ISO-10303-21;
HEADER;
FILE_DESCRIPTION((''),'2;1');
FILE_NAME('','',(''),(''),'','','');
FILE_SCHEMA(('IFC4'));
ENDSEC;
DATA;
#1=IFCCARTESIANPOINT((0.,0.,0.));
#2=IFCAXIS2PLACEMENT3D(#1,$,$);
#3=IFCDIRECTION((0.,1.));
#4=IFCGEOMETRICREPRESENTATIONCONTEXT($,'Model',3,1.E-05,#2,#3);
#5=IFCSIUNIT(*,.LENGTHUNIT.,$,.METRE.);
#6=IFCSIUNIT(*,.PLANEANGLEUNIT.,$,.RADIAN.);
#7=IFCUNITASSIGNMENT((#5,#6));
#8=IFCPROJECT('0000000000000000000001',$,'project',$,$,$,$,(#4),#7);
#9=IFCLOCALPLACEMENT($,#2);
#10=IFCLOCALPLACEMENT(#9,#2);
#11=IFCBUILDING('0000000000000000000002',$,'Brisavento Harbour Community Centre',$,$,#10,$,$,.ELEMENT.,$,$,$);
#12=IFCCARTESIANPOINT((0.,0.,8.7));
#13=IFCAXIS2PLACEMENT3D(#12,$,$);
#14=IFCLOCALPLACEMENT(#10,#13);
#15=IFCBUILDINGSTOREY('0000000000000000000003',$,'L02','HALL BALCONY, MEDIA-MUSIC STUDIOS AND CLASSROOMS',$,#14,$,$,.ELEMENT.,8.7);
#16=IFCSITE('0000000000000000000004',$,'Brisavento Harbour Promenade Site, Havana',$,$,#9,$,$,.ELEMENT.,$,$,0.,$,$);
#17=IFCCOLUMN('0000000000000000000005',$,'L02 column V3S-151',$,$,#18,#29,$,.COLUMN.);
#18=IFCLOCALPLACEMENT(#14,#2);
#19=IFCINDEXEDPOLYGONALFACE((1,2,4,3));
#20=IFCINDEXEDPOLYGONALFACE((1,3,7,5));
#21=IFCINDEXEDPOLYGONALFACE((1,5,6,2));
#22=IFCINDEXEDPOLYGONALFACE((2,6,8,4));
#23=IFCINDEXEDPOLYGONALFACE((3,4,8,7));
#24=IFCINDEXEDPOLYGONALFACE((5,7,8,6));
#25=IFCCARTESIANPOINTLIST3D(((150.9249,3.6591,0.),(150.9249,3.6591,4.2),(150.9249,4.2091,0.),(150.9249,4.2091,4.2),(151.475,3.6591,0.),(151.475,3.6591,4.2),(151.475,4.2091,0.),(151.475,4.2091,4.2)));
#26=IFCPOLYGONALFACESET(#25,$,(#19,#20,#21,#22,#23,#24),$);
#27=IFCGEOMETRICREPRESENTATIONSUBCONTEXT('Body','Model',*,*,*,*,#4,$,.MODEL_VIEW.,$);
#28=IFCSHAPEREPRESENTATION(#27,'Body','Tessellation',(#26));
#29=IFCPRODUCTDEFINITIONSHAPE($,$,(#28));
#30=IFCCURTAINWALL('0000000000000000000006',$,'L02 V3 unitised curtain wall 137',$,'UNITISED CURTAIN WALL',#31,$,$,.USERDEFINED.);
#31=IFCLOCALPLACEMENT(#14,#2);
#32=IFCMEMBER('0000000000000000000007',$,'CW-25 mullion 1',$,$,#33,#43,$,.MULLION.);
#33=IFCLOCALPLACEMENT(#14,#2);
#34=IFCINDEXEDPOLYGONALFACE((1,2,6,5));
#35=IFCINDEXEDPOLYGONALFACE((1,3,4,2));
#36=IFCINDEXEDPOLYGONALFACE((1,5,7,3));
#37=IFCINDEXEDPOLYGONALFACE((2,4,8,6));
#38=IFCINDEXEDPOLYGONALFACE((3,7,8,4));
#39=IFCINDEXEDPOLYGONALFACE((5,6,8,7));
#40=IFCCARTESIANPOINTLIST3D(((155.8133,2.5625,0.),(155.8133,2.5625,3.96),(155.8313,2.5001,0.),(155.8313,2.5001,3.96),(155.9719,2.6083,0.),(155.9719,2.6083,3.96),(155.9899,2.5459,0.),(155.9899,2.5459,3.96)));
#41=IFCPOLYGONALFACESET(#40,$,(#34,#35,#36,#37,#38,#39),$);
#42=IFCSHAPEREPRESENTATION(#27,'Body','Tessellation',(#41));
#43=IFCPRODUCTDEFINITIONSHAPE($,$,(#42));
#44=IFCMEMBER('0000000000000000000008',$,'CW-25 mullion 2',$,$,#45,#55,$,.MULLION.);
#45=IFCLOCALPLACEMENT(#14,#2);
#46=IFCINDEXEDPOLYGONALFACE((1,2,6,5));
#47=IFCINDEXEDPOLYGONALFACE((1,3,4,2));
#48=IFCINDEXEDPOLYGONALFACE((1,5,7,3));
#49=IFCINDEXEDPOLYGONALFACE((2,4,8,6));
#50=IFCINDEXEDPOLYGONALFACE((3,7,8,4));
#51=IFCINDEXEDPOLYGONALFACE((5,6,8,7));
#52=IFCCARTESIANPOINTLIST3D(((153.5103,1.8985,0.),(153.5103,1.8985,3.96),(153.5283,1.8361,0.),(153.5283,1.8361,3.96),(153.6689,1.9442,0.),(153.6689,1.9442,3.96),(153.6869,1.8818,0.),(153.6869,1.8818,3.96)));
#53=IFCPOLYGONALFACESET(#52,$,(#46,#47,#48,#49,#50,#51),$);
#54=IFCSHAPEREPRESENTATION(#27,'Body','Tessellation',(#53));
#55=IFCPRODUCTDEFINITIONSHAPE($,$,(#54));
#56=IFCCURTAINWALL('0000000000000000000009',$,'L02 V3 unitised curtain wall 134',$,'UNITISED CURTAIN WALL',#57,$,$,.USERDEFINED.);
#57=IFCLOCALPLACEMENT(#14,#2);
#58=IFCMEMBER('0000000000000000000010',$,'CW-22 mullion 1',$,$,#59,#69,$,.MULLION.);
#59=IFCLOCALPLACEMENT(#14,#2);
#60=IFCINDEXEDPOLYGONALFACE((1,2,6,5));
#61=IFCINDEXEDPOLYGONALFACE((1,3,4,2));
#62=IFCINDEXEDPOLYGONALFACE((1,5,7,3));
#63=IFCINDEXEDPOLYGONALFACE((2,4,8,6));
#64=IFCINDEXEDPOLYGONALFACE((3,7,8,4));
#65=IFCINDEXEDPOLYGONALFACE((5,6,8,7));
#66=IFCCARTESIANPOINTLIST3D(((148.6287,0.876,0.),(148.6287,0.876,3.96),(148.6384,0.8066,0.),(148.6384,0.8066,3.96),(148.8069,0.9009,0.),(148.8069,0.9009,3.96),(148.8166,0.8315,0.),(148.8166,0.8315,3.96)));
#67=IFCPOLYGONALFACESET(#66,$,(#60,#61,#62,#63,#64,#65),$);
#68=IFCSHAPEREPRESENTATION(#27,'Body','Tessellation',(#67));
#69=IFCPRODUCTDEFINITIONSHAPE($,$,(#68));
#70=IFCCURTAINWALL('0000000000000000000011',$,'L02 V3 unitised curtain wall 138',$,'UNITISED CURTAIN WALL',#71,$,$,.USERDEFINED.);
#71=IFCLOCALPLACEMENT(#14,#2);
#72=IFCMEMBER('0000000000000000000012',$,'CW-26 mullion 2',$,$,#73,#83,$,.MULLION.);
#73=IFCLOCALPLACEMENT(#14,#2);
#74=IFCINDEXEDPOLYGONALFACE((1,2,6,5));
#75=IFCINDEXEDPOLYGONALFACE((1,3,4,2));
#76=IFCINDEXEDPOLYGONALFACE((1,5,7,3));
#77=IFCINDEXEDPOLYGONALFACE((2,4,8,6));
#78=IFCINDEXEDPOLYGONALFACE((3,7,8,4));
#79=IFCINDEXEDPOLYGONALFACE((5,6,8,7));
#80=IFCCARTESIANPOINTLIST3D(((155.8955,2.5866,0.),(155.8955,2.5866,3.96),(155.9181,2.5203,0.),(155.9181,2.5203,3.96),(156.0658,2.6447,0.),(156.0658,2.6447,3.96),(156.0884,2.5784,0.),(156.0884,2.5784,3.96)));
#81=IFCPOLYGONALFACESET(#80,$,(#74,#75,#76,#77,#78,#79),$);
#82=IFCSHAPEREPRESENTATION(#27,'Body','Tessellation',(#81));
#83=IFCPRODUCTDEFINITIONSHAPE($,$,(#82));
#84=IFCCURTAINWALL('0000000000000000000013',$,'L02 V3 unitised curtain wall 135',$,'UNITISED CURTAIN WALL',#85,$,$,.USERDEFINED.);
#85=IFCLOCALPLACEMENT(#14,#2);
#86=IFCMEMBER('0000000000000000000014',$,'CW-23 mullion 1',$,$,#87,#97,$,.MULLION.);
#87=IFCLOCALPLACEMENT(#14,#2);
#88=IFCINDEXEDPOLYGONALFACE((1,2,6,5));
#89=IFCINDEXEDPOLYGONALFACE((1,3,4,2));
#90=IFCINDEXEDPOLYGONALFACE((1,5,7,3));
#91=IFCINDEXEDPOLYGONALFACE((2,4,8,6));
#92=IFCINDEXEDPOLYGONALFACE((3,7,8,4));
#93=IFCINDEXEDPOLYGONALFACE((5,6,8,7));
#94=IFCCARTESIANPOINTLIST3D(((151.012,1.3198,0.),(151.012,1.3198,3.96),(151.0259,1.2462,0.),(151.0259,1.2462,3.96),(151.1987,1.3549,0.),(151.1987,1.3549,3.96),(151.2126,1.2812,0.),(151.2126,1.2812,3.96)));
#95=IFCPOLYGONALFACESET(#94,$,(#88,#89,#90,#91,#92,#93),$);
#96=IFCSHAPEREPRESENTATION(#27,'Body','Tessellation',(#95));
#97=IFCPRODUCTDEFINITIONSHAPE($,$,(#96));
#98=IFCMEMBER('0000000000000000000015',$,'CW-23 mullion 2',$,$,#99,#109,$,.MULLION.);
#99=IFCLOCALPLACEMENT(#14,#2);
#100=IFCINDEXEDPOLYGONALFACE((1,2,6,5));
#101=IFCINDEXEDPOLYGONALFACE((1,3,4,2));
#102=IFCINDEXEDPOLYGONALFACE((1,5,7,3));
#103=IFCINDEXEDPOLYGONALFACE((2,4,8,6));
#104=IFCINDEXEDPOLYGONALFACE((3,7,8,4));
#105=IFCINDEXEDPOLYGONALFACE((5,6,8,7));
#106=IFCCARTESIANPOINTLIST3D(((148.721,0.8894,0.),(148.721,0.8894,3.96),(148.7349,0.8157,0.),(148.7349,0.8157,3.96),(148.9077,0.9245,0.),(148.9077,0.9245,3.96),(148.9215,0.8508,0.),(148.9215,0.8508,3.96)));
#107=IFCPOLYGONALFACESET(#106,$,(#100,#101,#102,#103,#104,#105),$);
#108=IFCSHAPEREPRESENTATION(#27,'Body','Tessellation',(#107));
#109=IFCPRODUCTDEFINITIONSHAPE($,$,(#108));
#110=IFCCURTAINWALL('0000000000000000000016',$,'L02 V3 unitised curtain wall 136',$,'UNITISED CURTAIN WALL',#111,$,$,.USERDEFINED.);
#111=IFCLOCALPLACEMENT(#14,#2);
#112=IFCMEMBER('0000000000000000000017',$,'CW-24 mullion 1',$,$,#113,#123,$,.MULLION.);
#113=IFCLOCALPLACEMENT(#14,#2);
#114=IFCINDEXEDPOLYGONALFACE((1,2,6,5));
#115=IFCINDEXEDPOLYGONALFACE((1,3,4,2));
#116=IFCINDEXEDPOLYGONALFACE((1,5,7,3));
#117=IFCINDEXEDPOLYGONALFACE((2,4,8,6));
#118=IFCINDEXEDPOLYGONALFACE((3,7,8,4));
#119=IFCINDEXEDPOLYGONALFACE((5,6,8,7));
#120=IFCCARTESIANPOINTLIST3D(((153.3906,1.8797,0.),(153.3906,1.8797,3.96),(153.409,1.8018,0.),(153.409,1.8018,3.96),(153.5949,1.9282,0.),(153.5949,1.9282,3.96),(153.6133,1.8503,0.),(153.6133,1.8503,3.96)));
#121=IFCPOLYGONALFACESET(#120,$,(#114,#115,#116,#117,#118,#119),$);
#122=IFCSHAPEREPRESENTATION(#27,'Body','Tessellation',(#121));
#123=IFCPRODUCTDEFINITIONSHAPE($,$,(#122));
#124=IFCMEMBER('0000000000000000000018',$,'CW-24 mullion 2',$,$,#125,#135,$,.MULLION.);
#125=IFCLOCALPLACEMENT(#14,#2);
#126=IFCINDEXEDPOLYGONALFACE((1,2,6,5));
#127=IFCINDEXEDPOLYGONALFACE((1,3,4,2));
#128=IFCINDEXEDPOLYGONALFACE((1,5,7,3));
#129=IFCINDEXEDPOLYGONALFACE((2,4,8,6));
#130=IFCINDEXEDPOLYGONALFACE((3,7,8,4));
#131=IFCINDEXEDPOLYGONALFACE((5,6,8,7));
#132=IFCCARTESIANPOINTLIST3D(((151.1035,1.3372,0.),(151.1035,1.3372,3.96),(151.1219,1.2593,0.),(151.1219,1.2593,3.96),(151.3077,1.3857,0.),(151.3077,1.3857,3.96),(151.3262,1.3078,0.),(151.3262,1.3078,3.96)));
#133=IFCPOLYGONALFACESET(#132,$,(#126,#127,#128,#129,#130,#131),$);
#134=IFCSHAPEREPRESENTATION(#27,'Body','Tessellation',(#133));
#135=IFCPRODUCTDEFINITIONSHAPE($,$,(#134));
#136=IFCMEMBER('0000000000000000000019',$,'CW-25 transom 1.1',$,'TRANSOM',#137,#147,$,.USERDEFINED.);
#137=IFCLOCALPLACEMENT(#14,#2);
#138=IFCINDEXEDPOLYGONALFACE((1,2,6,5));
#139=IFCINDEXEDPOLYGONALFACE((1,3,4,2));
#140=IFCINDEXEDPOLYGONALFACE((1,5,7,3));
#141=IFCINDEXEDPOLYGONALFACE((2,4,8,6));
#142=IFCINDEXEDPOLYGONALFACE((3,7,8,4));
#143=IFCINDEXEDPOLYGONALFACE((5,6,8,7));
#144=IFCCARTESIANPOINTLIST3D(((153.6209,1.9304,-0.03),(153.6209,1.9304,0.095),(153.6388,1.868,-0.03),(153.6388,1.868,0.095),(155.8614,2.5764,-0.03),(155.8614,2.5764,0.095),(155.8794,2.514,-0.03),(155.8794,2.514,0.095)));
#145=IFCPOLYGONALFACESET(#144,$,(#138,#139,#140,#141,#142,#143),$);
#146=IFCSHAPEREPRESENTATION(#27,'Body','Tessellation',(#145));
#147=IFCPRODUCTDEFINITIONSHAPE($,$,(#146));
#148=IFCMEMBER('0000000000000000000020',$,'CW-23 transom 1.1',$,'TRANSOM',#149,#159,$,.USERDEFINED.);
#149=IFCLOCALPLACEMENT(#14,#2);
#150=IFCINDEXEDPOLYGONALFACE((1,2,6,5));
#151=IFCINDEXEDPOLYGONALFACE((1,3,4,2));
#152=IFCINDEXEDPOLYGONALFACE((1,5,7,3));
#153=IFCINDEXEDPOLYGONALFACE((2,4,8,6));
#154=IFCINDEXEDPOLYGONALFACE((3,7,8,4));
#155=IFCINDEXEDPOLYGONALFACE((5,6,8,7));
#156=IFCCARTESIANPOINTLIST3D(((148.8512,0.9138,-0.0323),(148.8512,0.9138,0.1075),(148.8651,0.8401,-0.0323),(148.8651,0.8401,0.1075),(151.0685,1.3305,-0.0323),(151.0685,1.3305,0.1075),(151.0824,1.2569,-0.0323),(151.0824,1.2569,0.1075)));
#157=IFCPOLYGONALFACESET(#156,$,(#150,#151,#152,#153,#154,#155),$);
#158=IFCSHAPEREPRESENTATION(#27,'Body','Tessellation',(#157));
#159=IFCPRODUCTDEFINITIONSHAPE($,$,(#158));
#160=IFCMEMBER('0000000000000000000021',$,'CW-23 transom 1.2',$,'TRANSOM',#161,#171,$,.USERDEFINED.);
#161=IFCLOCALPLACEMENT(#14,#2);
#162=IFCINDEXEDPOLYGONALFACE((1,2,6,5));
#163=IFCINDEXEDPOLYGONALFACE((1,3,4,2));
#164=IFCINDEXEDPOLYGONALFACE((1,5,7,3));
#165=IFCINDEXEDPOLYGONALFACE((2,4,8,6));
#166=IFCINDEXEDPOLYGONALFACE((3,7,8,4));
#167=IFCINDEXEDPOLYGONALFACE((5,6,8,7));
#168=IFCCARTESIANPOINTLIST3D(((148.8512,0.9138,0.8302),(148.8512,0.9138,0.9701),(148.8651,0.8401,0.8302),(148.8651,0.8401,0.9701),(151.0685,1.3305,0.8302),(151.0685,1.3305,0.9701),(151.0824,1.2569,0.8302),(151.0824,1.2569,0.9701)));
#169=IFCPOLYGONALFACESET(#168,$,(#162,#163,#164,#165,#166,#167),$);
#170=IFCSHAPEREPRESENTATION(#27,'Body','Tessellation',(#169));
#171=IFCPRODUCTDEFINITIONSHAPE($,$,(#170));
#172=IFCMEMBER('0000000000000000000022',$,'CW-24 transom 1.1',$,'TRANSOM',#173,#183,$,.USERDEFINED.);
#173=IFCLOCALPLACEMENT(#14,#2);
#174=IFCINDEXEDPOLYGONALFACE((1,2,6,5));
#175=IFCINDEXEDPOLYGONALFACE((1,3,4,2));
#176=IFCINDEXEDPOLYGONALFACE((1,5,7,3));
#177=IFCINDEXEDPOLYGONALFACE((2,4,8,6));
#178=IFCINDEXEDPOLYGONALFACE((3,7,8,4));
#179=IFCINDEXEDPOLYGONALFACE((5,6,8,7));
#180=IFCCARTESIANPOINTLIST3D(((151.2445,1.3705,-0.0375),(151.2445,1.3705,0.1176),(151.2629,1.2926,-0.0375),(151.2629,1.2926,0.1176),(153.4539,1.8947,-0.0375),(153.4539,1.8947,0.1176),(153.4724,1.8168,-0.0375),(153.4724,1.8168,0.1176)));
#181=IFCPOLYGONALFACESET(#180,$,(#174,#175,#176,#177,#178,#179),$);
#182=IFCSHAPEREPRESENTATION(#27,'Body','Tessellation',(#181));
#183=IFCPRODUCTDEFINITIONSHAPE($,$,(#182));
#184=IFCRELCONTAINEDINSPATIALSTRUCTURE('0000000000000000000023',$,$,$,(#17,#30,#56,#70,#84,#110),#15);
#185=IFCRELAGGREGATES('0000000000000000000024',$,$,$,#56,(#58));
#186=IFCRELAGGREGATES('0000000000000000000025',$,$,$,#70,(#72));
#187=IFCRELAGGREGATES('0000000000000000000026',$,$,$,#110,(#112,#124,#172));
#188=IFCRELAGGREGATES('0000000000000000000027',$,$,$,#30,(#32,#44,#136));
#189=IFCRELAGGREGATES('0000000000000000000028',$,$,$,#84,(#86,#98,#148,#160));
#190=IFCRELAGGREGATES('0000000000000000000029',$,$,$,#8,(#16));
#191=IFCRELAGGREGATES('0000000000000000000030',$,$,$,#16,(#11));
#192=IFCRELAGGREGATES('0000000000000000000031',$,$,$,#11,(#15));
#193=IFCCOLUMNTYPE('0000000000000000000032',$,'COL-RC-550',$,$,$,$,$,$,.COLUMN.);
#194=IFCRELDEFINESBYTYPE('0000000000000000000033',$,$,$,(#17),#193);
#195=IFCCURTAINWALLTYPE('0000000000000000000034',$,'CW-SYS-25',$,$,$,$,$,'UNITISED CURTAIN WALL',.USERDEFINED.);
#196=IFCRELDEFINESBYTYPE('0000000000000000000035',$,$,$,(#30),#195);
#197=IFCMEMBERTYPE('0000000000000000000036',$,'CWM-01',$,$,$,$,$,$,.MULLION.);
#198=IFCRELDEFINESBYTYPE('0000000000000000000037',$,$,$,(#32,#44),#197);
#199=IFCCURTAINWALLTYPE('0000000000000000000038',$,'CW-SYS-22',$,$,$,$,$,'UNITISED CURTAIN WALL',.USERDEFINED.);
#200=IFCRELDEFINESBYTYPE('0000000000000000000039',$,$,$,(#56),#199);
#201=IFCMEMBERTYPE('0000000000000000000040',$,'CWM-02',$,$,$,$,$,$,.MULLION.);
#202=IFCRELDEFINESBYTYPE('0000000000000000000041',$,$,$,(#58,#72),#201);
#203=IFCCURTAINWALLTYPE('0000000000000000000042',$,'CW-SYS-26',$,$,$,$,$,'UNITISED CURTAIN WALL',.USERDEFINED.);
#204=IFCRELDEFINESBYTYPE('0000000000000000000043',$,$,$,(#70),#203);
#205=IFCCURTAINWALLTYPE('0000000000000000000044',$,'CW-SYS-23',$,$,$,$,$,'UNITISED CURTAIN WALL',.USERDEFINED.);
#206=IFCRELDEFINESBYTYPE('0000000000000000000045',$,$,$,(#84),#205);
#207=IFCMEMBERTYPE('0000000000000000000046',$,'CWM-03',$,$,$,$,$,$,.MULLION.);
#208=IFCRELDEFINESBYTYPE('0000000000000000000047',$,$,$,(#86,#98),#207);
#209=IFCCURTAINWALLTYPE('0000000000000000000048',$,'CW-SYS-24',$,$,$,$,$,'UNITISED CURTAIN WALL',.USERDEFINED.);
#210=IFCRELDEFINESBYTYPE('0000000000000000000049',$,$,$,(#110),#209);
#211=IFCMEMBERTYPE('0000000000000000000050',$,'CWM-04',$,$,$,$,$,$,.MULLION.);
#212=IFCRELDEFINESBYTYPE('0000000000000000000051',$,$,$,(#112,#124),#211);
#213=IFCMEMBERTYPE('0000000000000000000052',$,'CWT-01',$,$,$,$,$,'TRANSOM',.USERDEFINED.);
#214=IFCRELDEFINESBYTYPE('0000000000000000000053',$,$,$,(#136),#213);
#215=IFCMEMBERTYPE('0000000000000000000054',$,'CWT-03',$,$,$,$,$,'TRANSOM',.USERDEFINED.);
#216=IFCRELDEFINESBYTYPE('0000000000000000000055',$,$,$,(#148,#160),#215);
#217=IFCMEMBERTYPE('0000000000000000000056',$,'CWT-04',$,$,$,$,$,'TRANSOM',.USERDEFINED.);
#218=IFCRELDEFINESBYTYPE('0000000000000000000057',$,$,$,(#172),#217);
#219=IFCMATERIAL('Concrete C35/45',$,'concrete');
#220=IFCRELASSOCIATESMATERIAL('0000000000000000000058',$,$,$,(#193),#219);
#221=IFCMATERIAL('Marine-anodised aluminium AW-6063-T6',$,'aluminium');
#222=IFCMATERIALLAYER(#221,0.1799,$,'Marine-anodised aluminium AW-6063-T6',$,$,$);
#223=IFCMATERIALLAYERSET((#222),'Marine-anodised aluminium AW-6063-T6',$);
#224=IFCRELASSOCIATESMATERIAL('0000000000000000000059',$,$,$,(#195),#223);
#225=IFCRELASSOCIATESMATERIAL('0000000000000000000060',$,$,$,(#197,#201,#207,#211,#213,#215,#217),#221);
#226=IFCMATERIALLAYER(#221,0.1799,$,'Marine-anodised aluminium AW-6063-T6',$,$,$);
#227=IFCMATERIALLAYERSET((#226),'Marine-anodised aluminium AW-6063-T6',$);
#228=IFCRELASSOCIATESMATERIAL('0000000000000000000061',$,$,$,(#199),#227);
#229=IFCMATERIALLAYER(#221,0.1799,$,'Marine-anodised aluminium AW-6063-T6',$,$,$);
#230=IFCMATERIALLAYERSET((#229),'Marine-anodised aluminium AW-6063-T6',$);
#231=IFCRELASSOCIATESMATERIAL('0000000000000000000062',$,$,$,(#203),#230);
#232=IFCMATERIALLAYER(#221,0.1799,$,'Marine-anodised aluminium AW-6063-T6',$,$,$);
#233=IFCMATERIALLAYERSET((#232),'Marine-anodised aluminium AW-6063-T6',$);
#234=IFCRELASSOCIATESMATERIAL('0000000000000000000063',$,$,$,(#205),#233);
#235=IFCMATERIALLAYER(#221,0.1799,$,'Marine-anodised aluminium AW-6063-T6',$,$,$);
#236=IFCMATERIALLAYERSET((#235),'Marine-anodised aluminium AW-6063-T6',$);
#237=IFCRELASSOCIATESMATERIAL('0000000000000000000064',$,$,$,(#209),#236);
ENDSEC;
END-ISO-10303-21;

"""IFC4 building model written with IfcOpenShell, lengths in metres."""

from ifc_helpers import new_model, si_unit, direction, frame, origin, origin_2d, place, context, subcontext, project, spatial, rectangle, extrude, material, layer, layer_set, material_profile, profile_set, type_object, element, aggregate, save


model = new_model("IFC4")

# Units and contexts
model_context = context("Model", 3, precision=1e-05, world=origin(), true_north=direction((0.0, 1.0)))
body_context = subcontext(model_context, "Body", "Model", "MODEL_VIEW")
ifc_project = project(units=[si_unit("LENGTHUNIT", "METRE"), si_unit("PLANEANGLEUNIT", "RADIAN")], contexts=[model_context])

# Site, building, storey
site_placement = place(None, origin())
site = spatial("IfcSite", under=ifc_project, at=site_placement, Name="Brisavento Harbour Promenade Site, Havana", CompositionType="ELEMENT", RefElevation=0.0)
building_placement = place(site_placement, origin())
building = spatial("IfcBuilding", under=site, at=building_placement, Name="Brisavento Harbour Community Centre", CompositionType="ELEMENT")
storey_placement = place(building_placement, frame((0.0, 0.0, 8.7)))
storey = spatial("IfcBuildingStorey", under=building, at=storey_placement, Name="L02", Description="HALL BALCONY, MEDIA-MUSIC STUDIOS AND CLASSROOMS", CompositionType="ELEMENT", Elevation=8.7)

# Column
ifc_material_1 = material(Name="Concrete C35/45", Category="concrete")
ifc_material_profile_1 = material_profile(ifc_material_1, rectangle(XDim=0.55, YDim=0.55, at=origin_2d()), Name="Concrete C35/45")
ifc_profile_set_1 = profile_set([ifc_material_profile_1], Name="Concrete C35/45")
column_type = type_object("IfcColumnType", Name="COL-RC-550", PredefinedType="COLUMN", material=ifc_profile_set_1)
column_placement = place(storey_placement, frame((151.2, 3.9341, 0.0), z_axis=(0.0, 0.0, 1.0), x_axis=(1.0, 0.0, 0.0)))
element("IfcColumn", 1, at=column_placement, inside=storey, type_object=column_type, Name="L02 column V3S-151", PredefinedType="COLUMN", context=body_context, shape_type="SweptSolid", body=[
    extrude(rectangle(XDim=0.55, YDim=0.55, at=origin_2d()), origin(), (0.0, 0.0, 1.0), 4.2),
])

# Curtain wall, members
ifc_material_2 = material(Name="Marine-anodised aluminium AW-6063-T6", Category="aluminium")
ifc_layer_1 = layer(ifc_material_2, 0.1799, Name="Marine-anodised aluminium AW-6063-T6")
ifc_layer_set_1 = layer_set([ifc_layer_1], Name="Marine-anodised aluminium AW-6063-T6")
curtain_wall_type_1 = type_object("IfcCurtainWallType", Name="CW-SYS-25", ElementType="UNITISED CURTAIN WALL", PredefinedType="USERDEFINED", material=ifc_layer_set_1)
curtain_wall_1_placement = place(storey_placement, origin())
curtain_wall_1 = element("IfcCurtainWall", 2, at=curtain_wall_1_placement, inside=storey, type_object=curtain_wall_type_1, Name="L02 V3 unitised curtain wall 137", ObjectType="UNITISED CURTAIN WALL", PredefinedType="USERDEFINED")
ifc_material_profile_2 = material_profile(ifc_material_2, rectangle(XDim=0.0649, YDim=0.165, at=origin_2d()), Name="Marine-anodised aluminium AW-6063-T6")
ifc_profile_set_2 = profile_set([ifc_material_profile_2], Name="Marine-anodised aluminium AW-6063-T6")
member_type_1 = type_object("IfcMemberType", Name="CWM-01", PredefinedType="MULLION", material=ifc_profile_set_2)
member_1_placement = place(storey_placement, frame((155.9016, 2.5542, 0.0), z_axis=(0.0, 0.0, 1.0), x_axis=(0.277001, -0.96087, 0.0)))
member_1 = element("IfcMember", 3, at=member_1_placement, type_object=member_type_1, Name="CW-25 mullion 1", PredefinedType="MULLION", context=body_context, shape_type="SweptSolid", body=[
    extrude(rectangle(XDim=0.0649, YDim=0.165, at=origin_2d()), origin(), (0.0, 0.0, 1.0), 3.96),
])
member_2_placement = place(storey_placement, frame((153.5986, 1.8901, 0.0), z_axis=(0.0, 0.0, 1.0), x_axis=(0.277001, -0.96087, 0.0)))
member_2 = element("IfcMember", 4, at=member_2_placement, type_object=member_type_1, Name="CW-25 mullion 2", PredefinedType="MULLION", context=body_context, shape_type="SweptSolid", body=[
    extrude(rectangle(XDim=0.0649, YDim=0.165, at=origin_2d()), origin(), (0.0, 0.0, 1.0), 3.96),
])

# Curtain walls, members
ifc_layer_2 = layer(ifc_material_2, 0.1799, Name="Marine-anodised aluminium AW-6063-T6")
ifc_layer_set_2 = layer_set([ifc_layer_2], Name="Marine-anodised aluminium AW-6063-T6")
curtain_wall_type_2 = type_object("IfcCurtainWallType", Name="CW-SYS-22", ElementType="UNITISED CURTAIN WALL", PredefinedType="USERDEFINED", material=ifc_layer_set_2)
curtain_wall_2_placement = place(storey_placement, origin())
curtain_wall_2 = element("IfcCurtainWall", 5, at=curtain_wall_2_placement, inside=storey, type_object=curtain_wall_type_2, Name="L02 V3 unitised curtain wall 134", ObjectType="UNITISED CURTAIN WALL", PredefinedType="USERDEFINED")
ifc_material_profile_3 = material_profile(ifc_material_2, rectangle(XDim=0.0701, YDim=0.1799, at=origin_2d()), Name="Marine-anodised aluminium AW-6063-T6")
ifc_profile_set_3 = profile_set([ifc_material_profile_3], Name="Marine-anodised aluminium AW-6063-T6")
member_type_2 = type_object("IfcMemberType", Name="CWM-02", PredefinedType="MULLION", material=ifc_profile_set_3)
member_3_placement = place(storey_placement, frame((148.7227, 0.8538, 0.0), z_axis=(0.0, 0.0, 1.0), x_axis=(0.138477, -0.990366, 0.0)))
member_3 = element("IfcMember", 6, at=member_3_placement, type_object=member_type_2, Name="CW-22 mullion 1", PredefinedType="MULLION", context=body_context, shape_type="SweptSolid", body=[
    extrude(rectangle(XDim=0.0701, YDim=0.1799, at=origin_2d()), origin(), (0.0, 0.0, 1.0), 3.96),
])
aggregate(curtain_wall_2, [member_3])
ifc_layer_3 = layer(ifc_material_2, 0.1799, Name="Marine-anodised aluminium AW-6063-T6")
ifc_layer_set_3 = layer_set([ifc_layer_3], Name="Marine-anodised aluminium AW-6063-T6")
curtain_wall_type_3 = type_object("IfcCurtainWallType", Name="CW-SYS-26", ElementType="UNITISED CURTAIN WALL", PredefinedType="USERDEFINED", material=ifc_layer_set_3)
curtain_wall_3_placement = place(storey_placement, origin())
curtain_wall_3 = element("IfcCurtainWall", 7, at=curtain_wall_3_placement, inside=storey, type_object=curtain_wall_type_3, Name="L02 V3 unitised curtain wall 138", ObjectType="UNITISED CURTAIN WALL", PredefinedType="USERDEFINED")
member_4_placement = place(storey_placement, frame((155.9919, 2.5825, 0.0), z_axis=(0.0, 0.0, 1.0), x_axis=(0.323179, -0.946338, 0.0)))
member_4 = element("IfcMember", 8, at=member_4_placement, type_object=member_type_2, Name="CW-26 mullion 2", PredefinedType="MULLION", context=body_context, shape_type="SweptSolid", body=[
    extrude(rectangle(XDim=0.0701, YDim=0.1799, at=origin_2d()), origin(), (0.0, 0.0, 1.0), 3.96),
])
aggregate(curtain_wall_3, [member_4])

# Curtain walls, members
ifc_layer_4 = layer(ifc_material_2, 0.1799, Name="Marine-anodised aluminium AW-6063-T6")
ifc_layer_set_4 = layer_set([ifc_layer_4], Name="Marine-anodised aluminium AW-6063-T6")
curtain_wall_type_4 = type_object("IfcCurtainWallType", Name="CW-SYS-23", ElementType="UNITISED CURTAIN WALL", PredefinedType="USERDEFINED", material=ifc_layer_set_4)
curtain_wall_4_placement = place(storey_placement, origin())
curtain_wall_4 = element("IfcCurtainWall", 9, at=curtain_wall_4_placement, inside=storey, type_object=curtain_wall_type_4, Name="L02 V3 unitised curtain wall 135", ObjectType="UNITISED CURTAIN WALL", PredefinedType="USERDEFINED")
ifc_material_profile_4 = material_profile(ifc_material_2, rectangle(XDim=0.075, YDim=0.1899, at=origin_2d()), Name="Marine-anodised aluminium AW-6063-T6")
ifc_profile_set_4 = profile_set([ifc_material_profile_4], Name="Marine-anodised aluminium AW-6063-T6")
member_type_3 = type_object("IfcMemberType", Name="CWM-03", PredefinedType="MULLION", material=ifc_profile_set_4)
member_5_placement = place(storey_placement, frame((151.1123, 1.3005, 0.0), z_axis=(0.0, 0.0, 1.0), x_axis=(0.184665, -0.982802, 0.0)))
member_5 = element("IfcMember", 10, at=member_5_placement, type_object=member_type_3, Name="CW-23 mullion 1", PredefinedType="MULLION", context=body_context, shape_type="SweptSolid", body=[
    extrude(rectangle(XDim=0.075, YDim=0.1899, at=origin_2d()), origin(), (0.0, 0.0, 1.0), 3.96),
])
member_6_placement = place(storey_placement, frame((148.8213, 0.8701, 0.0), z_axis=(0.0, 0.0, 1.0), x_axis=(0.184665, -0.982802, 0.0)))
member_6 = element("IfcMember", 11, at=member_6_placement, type_object=member_type_3, Name="CW-23 mullion 2", PredefinedType="MULLION", context=body_context, shape_type="SweptSolid", body=[
    extrude(rectangle(XDim=0.075, YDim=0.1899, at=origin_2d()), origin(), (0.0, 0.0, 1.0), 3.96),
])
ifc_layer_5 = layer(ifc_material_2, 0.1799, Name="Marine-anodised aluminium AW-6063-T6")
ifc_layer_set_5 = layer_set([ifc_layer_5], Name="Marine-anodised aluminium AW-6063-T6")
curtain_wall_type_5 = type_object("IfcCurtainWallType", Name="CW-SYS-24", ElementType="UNITISED CURTAIN WALL", PredefinedType="USERDEFINED", material=ifc_layer_set_5)
curtain_wall_5_placement = place(storey_placement, origin())
curtain_wall_5 = element("IfcCurtainWall", 12, at=curtain_wall_5_placement, inside=storey, type_object=curtain_wall_type_5, Name="L02 V3 unitised curtain wall 136", ObjectType="UNITISED CURTAIN WALL", PredefinedType="USERDEFINED")
ifc_material_profile_5 = material_profile(ifc_material_2, rectangle(XDim=0.0801, YDim=0.21, at=origin_2d()), Name="Marine-anodised aluminium AW-6063-T6")
ifc_profile_set_5 = profile_set([ifc_material_profile_5], Name="Marine-anodised aluminium AW-6063-T6")
member_type_4 = type_object("IfcMemberType", Name="CWM-04", PredefinedType="MULLION", material=ifc_profile_set_5)
member_7_placement = place(storey_placement, frame((153.502, 1.865, 0.0), z_axis=(0.0, 0.0, 1.0), x_axis=(0.230805, -0.973, 0.0)))
member_7 = element("IfcMember", 13, at=member_7_placement, type_object=member_type_4, Name="CW-24 mullion 1", PredefinedType="MULLION", context=body_context, shape_type="SweptSolid", body=[
    extrude(rectangle(XDim=0.0801, YDim=0.21, at=origin_2d()), origin(), (0.0, 0.0, 1.0), 3.96),
])
member_8_placement = place(storey_placement, frame((151.2148, 1.3225, 0.0), z_axis=(0.0, 0.0, 1.0), x_axis=(0.230805, -0.973, 0.0)))
member_8 = element("IfcMember", 14, at=member_8_placement, type_object=member_type_4, Name="CW-24 mullion 2", PredefinedType="MULLION", context=body_context, shape_type="SweptSolid", body=[
    extrude(rectangle(XDim=0.0801, YDim=0.21, at=origin_2d()), origin(), (0.0, 0.0, 1.0), 3.96),
])

# Members
ifc_material_profile_6 = material_profile(ifc_material_2, rectangle(XDim=0.0649, YDim=0.125, at=origin_2d()), Name="Marine-anodised aluminium AW-6063-T6")
ifc_profile_set_6 = profile_set([ifc_material_profile_6], Name="Marine-anodised aluminium AW-6063-T6")
member_type_5 = type_object("IfcMemberType", Name="CWT-01", ElementType="TRANSOM", PredefinedType="USERDEFINED", material=ifc_profile_set_6)
member_9_placement = place(storey_placement, frame((155.8704, 2.5452, 0.0325), z_axis=(-0.960857, -0.277044, 0.0), x_axis=(0.277044, -0.960857, 0.0)))
member_9 = element("IfcMember", 15, at=member_9_placement, type_object=member_type_5, Name="CW-25 transom 1.1", ObjectType="TRANSOM", PredefinedType="USERDEFINED", context=body_context, shape_type="SweptSolid", body=[
    extrude(rectangle(XDim=0.0649, YDim=0.125, at=origin_2d()), origin(), (0.0, 0.0, 1.0), 2.3318),
])
ifc_material_profile_7 = material_profile(ifc_material_2, rectangle(XDim=0.075, YDim=0.1399, at=origin_2d()), Name="Marine-anodised aluminium AW-6063-T6")
ifc_profile_set_7 = profile_set([ifc_material_profile_7], Name="Marine-anodised aluminium AW-6063-T6")
member_type_6 = type_object("IfcMemberType", Name="CWT-03", ElementType="TRANSOM", PredefinedType="USERDEFINED", material=ifc_profile_set_7)
member_10_placement = place(storey_placement, frame((151.0754, 1.2937, 0.0376), z_axis=(-0.982791, -0.18472, 0.0), x_axis=(0.18472, -0.982791, 0.0)))
member_10 = element("IfcMember", 16, at=member_10_placement, type_object=member_type_6, Name="CW-23 transom 1.1", ObjectType="TRANSOM", PredefinedType="USERDEFINED", context=body_context, shape_type="SweptSolid", body=[
    extrude(rectangle(XDim=0.075, YDim=0.1399, at=origin_2d()), origin(), (0.0, 0.0, 1.0), 2.2561),
])
member_11_placement = place(storey_placement, frame((151.0754, 1.2937, 0.9001), z_axis=(-0.982791, -0.18472, 0.0), x_axis=(0.18472, -0.982791, 0.0)))
member_11 = element("IfcMember", 17, at=member_11_placement, type_object=member_type_6, Name="CW-23 transom 1.2", ObjectType="TRANSOM", PredefinedType="USERDEFINED", context=body_context, shape_type="SweptSolid", body=[
    extrude(rectangle(XDim=0.075, YDim=0.1399, at=origin_2d()), origin(), (0.0, 0.0, 1.0), 2.2561),
])
ifc_material_profile_8 = material_profile(ifc_material_2, rectangle(XDim=0.0801, YDim=0.155, at=origin_2d()), Name="Marine-anodised aluminium AW-6063-T6")
ifc_profile_set_8 = profile_set([ifc_material_profile_8], Name="Marine-anodised aluminium AW-6063-T6")
member_type_7 = type_object("IfcMemberType", Name="CWT-04", ElementType="TRANSOM", PredefinedType="USERDEFINED", material=ifc_profile_set_8)
member_12_placement = place(storey_placement, frame((153.4631, 1.8557, 0.04), z_axis=(-0.972994, -0.230831, 0.0), x_axis=(0.230831, -0.972994, 0.0)))
member_12 = element("IfcMember", 18, at=member_12_placement, type_object=member_type_7, Name="CW-24 transom 1.1", ObjectType="TRANSOM", PredefinedType="USERDEFINED", context=body_context, shape_type="SweptSolid", body=[
    extrude(rectangle(XDim=0.0801, YDim=0.155, at=origin_2d()), origin(), (0.0, 0.0, 1.0), 2.2708),
])

aggregate(curtain_wall_5, [member_7, member_8, member_12])
aggregate(curtain_wall_1, [member_1, member_2, member_9])
aggregate(curtain_wall_4, [member_5, member_6, member_10, member_11])

save(model, "model.ifc")
